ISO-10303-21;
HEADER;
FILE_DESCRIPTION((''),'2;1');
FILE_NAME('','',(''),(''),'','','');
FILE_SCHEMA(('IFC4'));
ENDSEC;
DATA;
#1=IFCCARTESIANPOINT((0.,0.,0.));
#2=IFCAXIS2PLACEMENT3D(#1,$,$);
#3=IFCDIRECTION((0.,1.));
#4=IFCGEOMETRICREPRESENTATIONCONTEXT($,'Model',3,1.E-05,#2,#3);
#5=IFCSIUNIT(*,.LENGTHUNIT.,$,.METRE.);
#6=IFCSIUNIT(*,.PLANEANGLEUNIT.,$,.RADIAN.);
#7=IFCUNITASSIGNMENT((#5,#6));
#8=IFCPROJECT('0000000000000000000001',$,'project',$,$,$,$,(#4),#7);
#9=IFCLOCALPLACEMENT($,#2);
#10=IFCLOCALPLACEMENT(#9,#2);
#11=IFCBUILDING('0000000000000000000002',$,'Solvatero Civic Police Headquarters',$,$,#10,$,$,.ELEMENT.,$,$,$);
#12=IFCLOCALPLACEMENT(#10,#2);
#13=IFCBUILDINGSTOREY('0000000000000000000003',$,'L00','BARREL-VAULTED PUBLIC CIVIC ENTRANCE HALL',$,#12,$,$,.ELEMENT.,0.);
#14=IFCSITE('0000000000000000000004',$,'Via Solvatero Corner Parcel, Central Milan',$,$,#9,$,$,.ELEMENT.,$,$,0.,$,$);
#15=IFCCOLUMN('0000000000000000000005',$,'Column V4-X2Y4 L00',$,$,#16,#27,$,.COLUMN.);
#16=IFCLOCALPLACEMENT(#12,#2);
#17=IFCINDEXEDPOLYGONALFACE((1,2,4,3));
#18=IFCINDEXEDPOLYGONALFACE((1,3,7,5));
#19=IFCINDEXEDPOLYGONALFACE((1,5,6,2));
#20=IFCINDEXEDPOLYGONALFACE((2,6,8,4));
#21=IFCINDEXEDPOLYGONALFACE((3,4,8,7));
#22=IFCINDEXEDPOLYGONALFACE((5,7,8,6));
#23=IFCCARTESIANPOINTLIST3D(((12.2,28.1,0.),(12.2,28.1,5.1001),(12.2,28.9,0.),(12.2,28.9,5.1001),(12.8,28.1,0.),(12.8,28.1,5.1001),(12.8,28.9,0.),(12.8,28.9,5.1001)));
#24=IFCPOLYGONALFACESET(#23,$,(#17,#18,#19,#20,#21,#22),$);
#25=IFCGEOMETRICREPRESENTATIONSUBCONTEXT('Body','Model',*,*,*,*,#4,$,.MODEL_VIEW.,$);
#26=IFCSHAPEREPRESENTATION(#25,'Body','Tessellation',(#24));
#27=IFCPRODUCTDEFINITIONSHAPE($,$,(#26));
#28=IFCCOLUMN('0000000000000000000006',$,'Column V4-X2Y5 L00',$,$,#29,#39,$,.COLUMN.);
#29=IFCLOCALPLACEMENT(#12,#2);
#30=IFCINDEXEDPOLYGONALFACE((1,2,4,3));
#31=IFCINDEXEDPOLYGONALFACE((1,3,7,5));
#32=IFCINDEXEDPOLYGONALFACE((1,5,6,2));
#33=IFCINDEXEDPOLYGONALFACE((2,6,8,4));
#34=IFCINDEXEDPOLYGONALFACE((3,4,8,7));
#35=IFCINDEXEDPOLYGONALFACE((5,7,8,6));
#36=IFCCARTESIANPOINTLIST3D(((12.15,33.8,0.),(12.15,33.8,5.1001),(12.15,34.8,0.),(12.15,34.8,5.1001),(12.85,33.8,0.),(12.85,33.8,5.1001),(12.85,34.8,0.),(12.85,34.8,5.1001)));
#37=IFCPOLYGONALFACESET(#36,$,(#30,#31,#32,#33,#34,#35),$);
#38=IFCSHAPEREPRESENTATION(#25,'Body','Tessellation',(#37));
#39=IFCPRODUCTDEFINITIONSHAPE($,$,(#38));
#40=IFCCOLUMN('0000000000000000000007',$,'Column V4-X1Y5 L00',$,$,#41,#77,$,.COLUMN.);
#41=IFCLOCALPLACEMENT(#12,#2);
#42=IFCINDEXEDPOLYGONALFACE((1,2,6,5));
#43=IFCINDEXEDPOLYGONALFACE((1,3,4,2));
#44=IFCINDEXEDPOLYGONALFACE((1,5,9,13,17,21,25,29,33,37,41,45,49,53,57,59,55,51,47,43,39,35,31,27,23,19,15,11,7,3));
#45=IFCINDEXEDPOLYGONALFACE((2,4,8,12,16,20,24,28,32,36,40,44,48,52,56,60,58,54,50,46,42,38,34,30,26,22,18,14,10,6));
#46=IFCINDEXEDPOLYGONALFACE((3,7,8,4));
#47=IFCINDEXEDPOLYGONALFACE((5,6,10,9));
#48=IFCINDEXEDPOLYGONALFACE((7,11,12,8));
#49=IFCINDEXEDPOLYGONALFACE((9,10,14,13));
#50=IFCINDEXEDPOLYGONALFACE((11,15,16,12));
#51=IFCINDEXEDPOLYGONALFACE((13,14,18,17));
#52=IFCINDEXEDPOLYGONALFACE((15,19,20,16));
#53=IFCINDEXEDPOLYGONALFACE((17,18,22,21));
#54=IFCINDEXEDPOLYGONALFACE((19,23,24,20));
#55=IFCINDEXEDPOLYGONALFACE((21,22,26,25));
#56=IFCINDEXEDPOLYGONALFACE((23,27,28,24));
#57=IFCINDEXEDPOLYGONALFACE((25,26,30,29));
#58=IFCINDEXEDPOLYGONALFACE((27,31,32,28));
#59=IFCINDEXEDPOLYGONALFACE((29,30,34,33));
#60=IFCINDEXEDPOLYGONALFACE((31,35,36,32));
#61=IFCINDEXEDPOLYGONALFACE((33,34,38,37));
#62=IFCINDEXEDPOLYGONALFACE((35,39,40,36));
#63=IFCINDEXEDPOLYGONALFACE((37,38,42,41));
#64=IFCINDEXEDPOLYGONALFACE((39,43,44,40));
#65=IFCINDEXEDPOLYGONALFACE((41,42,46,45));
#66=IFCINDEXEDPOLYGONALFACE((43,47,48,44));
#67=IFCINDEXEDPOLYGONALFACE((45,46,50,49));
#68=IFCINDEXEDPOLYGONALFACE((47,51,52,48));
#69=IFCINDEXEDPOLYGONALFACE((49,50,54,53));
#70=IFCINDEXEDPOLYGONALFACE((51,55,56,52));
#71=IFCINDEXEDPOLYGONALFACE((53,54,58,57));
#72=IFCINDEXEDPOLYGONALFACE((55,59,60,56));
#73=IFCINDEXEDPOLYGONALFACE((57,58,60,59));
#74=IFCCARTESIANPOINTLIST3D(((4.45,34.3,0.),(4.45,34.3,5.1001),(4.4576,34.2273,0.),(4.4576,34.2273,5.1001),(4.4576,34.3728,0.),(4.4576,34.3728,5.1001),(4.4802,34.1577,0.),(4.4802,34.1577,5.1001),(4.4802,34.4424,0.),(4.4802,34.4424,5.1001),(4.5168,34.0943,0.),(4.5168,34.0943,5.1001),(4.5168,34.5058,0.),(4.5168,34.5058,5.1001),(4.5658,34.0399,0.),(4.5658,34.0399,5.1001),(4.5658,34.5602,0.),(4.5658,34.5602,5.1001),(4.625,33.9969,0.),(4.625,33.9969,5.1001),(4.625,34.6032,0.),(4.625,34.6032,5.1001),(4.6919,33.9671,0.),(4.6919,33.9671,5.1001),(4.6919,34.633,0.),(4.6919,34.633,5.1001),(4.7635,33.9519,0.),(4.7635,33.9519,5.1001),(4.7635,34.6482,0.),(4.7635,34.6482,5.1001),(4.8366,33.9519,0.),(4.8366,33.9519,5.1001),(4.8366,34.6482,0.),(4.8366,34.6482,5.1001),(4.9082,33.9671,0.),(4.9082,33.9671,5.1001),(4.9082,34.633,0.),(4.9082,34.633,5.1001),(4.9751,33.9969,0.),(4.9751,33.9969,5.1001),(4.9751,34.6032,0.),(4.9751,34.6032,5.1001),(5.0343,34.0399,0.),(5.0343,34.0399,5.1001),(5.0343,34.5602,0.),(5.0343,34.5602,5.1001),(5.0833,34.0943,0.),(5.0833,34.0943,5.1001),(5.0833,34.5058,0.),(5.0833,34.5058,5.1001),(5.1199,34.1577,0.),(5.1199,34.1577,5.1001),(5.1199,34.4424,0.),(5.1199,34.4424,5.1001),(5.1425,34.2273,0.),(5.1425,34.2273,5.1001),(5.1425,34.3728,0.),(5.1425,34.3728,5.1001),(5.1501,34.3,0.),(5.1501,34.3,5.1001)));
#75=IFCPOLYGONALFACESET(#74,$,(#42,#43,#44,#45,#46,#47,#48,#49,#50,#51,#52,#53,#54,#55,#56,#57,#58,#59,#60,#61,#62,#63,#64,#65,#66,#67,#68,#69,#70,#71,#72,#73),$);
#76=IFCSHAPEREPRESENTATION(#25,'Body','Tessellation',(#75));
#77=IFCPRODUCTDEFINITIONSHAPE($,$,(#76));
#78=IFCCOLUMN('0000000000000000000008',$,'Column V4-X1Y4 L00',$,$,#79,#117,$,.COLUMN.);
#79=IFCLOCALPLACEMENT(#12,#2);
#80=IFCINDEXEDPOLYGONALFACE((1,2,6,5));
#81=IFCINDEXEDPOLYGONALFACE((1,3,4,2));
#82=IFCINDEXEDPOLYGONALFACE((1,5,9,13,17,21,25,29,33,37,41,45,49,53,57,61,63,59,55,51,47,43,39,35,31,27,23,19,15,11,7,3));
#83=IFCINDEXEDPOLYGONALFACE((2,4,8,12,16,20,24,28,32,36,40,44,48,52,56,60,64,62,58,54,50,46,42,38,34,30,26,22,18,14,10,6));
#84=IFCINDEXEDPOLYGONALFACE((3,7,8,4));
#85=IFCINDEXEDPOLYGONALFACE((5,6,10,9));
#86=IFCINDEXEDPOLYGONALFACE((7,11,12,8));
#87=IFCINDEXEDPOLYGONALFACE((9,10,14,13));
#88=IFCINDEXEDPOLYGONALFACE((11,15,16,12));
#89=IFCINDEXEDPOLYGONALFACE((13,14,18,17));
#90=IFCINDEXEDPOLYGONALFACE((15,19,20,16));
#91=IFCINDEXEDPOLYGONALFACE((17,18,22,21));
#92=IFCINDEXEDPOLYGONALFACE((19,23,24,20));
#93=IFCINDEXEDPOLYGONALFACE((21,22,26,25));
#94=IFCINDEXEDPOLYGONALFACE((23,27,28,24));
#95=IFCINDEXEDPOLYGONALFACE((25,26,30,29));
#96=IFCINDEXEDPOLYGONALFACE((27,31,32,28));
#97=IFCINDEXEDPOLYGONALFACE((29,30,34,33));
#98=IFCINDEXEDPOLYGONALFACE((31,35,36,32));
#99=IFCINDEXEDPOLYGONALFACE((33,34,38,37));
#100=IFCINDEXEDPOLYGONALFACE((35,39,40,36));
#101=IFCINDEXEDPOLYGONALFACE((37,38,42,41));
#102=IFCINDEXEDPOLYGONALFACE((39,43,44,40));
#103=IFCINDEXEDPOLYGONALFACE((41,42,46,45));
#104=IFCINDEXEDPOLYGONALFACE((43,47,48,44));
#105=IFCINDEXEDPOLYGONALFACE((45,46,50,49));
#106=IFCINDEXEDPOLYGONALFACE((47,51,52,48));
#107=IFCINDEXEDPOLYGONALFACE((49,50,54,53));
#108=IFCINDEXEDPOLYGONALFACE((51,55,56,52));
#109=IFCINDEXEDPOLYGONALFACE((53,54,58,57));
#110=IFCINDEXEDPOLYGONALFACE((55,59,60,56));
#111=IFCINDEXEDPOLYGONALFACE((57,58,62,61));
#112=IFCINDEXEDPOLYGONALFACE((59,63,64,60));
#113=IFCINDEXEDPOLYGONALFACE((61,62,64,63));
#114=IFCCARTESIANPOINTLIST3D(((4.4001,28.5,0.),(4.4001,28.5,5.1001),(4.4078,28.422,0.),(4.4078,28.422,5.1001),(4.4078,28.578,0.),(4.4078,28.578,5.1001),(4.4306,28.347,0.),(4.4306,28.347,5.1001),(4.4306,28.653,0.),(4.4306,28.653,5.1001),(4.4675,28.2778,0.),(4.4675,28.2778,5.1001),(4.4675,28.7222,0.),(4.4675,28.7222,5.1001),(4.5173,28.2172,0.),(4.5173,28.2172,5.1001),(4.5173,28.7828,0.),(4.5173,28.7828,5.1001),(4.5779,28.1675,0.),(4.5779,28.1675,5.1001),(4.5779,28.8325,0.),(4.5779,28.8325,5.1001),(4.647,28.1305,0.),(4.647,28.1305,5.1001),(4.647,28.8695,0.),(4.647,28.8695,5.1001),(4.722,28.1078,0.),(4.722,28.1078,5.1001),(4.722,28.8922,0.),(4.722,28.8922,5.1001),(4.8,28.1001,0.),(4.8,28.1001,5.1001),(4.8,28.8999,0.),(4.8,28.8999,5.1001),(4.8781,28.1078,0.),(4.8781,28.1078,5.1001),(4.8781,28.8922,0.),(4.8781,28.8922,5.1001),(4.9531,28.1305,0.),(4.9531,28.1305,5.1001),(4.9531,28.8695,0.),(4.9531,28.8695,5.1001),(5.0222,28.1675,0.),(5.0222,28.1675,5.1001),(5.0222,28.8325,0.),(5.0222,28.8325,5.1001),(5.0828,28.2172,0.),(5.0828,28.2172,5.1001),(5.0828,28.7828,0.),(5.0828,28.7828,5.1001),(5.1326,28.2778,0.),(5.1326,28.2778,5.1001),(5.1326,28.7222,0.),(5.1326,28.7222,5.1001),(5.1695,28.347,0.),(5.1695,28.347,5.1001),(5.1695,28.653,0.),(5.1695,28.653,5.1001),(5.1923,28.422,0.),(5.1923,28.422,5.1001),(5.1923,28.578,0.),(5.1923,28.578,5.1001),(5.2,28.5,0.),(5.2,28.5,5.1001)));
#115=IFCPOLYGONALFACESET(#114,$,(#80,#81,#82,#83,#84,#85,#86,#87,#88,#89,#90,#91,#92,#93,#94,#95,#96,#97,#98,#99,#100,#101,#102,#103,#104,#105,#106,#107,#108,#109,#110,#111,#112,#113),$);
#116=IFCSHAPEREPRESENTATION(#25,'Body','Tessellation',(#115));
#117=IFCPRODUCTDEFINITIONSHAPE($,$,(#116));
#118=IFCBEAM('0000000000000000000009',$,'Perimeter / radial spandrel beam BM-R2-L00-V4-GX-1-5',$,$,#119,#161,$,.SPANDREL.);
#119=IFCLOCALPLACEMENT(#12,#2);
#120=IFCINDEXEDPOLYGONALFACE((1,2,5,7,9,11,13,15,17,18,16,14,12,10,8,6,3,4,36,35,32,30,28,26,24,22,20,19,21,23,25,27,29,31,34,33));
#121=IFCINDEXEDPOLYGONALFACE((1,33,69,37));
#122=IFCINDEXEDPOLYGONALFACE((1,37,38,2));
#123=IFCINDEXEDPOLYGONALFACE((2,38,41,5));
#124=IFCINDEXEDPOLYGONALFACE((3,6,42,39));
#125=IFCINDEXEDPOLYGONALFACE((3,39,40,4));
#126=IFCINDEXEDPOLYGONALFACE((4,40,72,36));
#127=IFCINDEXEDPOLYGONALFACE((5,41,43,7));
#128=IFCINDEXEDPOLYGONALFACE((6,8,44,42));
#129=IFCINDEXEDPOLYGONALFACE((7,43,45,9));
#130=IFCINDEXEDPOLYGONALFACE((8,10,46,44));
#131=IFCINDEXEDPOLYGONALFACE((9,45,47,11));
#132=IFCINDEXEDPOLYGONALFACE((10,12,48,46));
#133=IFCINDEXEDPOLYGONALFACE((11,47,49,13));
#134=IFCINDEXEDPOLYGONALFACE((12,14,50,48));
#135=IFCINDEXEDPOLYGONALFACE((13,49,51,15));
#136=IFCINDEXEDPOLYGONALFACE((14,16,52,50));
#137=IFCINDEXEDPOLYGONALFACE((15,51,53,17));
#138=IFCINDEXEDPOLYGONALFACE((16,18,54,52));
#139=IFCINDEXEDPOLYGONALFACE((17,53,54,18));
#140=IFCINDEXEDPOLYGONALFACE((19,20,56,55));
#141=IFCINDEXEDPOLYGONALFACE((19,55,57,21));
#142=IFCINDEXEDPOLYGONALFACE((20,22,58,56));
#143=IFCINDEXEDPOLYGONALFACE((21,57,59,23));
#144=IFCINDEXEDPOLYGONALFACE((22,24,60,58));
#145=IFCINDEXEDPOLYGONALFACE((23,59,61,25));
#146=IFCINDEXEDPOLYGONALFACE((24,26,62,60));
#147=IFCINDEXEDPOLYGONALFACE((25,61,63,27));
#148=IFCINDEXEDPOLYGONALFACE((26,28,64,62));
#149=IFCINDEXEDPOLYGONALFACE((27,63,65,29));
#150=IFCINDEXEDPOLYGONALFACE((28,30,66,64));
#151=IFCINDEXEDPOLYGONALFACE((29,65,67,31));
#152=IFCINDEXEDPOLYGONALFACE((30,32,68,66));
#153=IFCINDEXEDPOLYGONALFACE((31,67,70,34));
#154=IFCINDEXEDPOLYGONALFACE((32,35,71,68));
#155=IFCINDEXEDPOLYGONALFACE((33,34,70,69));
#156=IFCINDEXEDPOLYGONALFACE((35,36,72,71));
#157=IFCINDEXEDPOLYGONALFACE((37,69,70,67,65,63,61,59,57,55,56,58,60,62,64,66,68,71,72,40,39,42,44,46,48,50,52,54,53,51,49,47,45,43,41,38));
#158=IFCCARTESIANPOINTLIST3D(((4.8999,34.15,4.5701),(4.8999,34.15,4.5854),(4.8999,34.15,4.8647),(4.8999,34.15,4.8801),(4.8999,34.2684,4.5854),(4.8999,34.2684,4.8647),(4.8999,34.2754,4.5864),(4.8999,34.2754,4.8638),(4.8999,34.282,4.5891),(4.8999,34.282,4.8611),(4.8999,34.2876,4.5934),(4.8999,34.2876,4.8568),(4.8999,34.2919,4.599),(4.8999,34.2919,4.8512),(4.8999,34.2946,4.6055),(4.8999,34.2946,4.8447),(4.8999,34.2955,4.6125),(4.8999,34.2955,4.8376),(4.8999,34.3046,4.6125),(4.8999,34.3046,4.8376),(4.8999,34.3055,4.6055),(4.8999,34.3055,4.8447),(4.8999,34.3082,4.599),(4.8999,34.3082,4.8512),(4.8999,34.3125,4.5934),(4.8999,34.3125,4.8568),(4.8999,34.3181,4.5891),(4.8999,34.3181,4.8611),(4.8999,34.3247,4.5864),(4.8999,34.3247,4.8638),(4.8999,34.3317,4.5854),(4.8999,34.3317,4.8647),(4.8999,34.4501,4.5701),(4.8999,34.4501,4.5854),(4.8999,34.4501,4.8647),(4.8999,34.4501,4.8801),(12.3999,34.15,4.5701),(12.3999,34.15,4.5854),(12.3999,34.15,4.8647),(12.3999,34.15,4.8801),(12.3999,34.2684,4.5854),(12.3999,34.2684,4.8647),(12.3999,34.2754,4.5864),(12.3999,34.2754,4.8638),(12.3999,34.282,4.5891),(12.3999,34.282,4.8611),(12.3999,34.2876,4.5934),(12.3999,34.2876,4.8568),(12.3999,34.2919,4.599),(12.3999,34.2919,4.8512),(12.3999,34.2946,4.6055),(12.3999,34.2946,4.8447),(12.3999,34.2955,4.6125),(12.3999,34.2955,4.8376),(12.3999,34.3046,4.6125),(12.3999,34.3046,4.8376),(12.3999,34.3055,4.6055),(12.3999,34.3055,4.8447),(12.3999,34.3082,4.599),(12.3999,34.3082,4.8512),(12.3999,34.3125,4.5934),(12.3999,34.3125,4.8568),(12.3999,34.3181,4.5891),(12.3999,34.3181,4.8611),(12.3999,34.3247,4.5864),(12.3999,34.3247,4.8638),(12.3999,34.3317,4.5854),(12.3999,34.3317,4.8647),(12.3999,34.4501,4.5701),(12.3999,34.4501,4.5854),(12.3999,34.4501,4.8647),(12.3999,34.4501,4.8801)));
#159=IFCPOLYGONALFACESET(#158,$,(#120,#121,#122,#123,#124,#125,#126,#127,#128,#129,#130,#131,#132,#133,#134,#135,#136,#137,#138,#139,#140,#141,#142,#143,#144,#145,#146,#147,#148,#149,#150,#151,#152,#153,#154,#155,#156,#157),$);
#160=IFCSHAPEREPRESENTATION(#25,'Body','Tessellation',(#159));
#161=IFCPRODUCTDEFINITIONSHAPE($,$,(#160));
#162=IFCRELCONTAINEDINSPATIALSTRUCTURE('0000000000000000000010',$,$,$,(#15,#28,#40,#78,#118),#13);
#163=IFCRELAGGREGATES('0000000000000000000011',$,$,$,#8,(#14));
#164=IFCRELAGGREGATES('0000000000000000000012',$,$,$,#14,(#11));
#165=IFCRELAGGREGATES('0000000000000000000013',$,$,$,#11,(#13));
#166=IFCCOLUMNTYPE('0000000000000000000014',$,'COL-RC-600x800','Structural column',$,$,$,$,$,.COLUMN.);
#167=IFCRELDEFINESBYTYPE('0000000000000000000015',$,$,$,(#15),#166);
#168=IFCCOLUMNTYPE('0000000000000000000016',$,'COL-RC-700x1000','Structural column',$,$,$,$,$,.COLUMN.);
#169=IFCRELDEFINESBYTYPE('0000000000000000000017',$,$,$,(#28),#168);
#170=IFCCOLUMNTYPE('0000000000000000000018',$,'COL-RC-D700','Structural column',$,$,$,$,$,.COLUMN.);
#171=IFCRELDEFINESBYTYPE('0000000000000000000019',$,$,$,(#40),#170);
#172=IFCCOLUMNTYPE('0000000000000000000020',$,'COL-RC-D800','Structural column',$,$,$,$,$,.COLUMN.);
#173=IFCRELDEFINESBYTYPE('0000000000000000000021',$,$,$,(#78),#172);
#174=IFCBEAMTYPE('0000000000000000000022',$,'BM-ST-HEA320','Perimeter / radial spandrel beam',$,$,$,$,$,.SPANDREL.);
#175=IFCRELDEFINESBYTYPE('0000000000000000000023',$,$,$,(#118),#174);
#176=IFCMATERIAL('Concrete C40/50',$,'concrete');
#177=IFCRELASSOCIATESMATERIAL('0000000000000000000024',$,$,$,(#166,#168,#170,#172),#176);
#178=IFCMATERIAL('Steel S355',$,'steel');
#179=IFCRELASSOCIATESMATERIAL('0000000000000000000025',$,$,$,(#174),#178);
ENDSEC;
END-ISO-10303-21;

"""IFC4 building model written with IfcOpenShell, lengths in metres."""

from ifc_helpers import new_model, si_unit, direction, frame, origin, origin_2d, place, context, subcontext, project, spatial, rectangle, circle, i_section, extrude, material, material_profile, profile_set, type_object, element, save


model = new_model("IFC4")

# Units and contexts
model_context = context("Model", 3, precision=1e-05, world=origin(), true_north=direction((0.0, 1.0)))
body_context = subcontext(model_context, "Body", "Model", "MODEL_VIEW")
ifc_project = project(units=[si_unit("LENGTHUNIT", "METRE"), si_unit("PLANEANGLEUNIT", "RADIAN")], contexts=[model_context])

# Site, building, storey
site_placement = place(None, origin())
site = spatial("IfcSite", under=ifc_project, at=site_placement, Name="Via Solvatero Corner Parcel, Central Milan", CompositionType="ELEMENT", RefElevation=0.0)
building_placement = place(site_placement, origin())
building = spatial("IfcBuilding", under=site, at=building_placement, Name="Solvatero Civic Police Headquarters", CompositionType="ELEMENT")
storey_placement = place(building_placement, origin())
storey = spatial("IfcBuildingStorey", under=building, at=storey_placement, Name="L00", Description="BARREL-VAULTED PUBLIC CIVIC ENTRANCE HALL", CompositionType="ELEMENT", Elevation=0.0)

# Columns
ifc_material_1 = material(Name="Concrete C40/50", Category="concrete")
ifc_material_profile_1 = material_profile(ifc_material_1, rectangle(XDim=0.6001, YDim=0.8, at=origin_2d()), Name="RC 600x800")
ifc_profile_set_1 = profile_set([ifc_material_profile_1], Name="Concrete C40/50")
column_type_1 = type_object("IfcColumnType", Name="COL-RC-600x800", Description="Structural column", PredefinedType="COLUMN", material=ifc_profile_set_1)
column_1_placement = place(storey_placement, frame((12.5, 28.5, 0.0), z_axis=(0.0, 0.0, 1.0), x_axis=(1.0, 0.0, 0.0)))
element("IfcColumn", 1, at=column_1_placement, inside=storey, type_object=column_type_1, Name="Column V4-X2Y4 L00", PredefinedType="COLUMN", context=body_context, shape_type="SweptSolid", body=[
    extrude(rectangle(XDim=0.6001, YDim=0.8, at=origin_2d()), origin(), (0.0, 0.0, 1.0), 5.1001),
])
ifc_material_profile_2 = material_profile(ifc_material_1, rectangle(XDim=0.7, YDim=1.0, at=origin_2d()), Name="RC 700x1000")
ifc_profile_set_2 = profile_set([ifc_material_profile_2], Name="Concrete C40/50")
column_type_2 = type_object("IfcColumnType", Name="COL-RC-700x1000", Description="Structural column", PredefinedType="COLUMN", material=ifc_profile_set_2)
column_2_placement = place(storey_placement, frame((12.5, 34.3, 0.0), z_axis=(0.0, 0.0, 1.0), x_axis=(1.0, 0.0, 0.0)))
element("IfcColumn", 2, at=column_2_placement, inside=storey, type_object=column_type_2, Name="Column V4-X2Y5 L00", PredefinedType="COLUMN", context=body_context, shape_type="SweptSolid", body=[
    extrude(rectangle(XDim=0.7, YDim=1.0, at=origin_2d()), origin(), (0.0, 0.0, 1.0), 5.1001),
])
ifc_material_profile_3 = material_profile(ifc_material_1, circle(Radius=0.3501, at=origin_2d()), Name="RC COL D700")
ifc_profile_set_3 = profile_set([ifc_material_profile_3], Name="Concrete C40/50")
column_type_3 = type_object("IfcColumnType", Name="COL-RC-D700", Description="Structural column", PredefinedType="COLUMN", material=ifc_profile_set_3)
column_3_placement = place(storey_placement, frame((4.8, 34.3, 0.0), z_axis=(0.0, 0.0, 1.0), x_axis=(1.0, 0.0, 0.0)))
element("IfcColumn", 3, at=column_3_placement, inside=storey, type_object=column_type_3, Name="Column V4-X1Y5 L00", PredefinedType="COLUMN", context=body_context, shape_type="SweptSolid", body=[
    extrude(circle(Radius=0.3501, at=origin_2d()), origin(), (0.0, 0.0, 1.0), 5.1001),
])
ifc_material_profile_4 = material_profile(ifc_material_1, circle(Radius=0.3999, at=origin_2d()), Name="RC COL D800")
ifc_profile_set_4 = profile_set([ifc_material_profile_4], Name="Concrete C40/50")
column_type_4 = type_object("IfcColumnType", Name="COL-RC-D800", Description="Structural column", PredefinedType="COLUMN", material=ifc_profile_set_4)
column_4_placement = place(storey_placement, frame((4.8, 28.5, 0.0), z_axis=(0.0, 0.0, 1.0), x_axis=(1.0, 0.0, 0.0)))
element("IfcColumn", 4, at=column_4_placement, inside=storey, type_object=column_type_4, Name="Column V4-X1Y4 L00", PredefinedType="COLUMN", context=body_context, shape_type="SweptSolid", body=[
    extrude(circle(Radius=0.3999, at=origin_2d()), origin(), (0.0, 0.0, 1.0), 5.1001),
])

# Beam
ifc_material_2 = material(Name="Steel S355", Category="steel")
ifc_material_profile_5 = material_profile(ifc_material_2, i_section(OverallWidth=0.3, OverallDepth=0.3101, WebThickness=0.009, FlangeThickness=0.0154, FilletRadius=0.0271, at=origin_2d()), Name="HEA 320")
ifc_profile_set_5 = profile_set([ifc_material_profile_5], Name="Steel S355")
beam_type_1 = type_object("IfcBeamType", Name="BM-ST-HEA320", Description="Perimeter / radial spandrel beam", PredefinedType="SPANDREL", material=ifc_profile_set_5)
beam_1_placement = place(storey_placement, frame((4.8999, 34.3, 4.7251), z_axis=(1.0, 0.0, 0.0), x_axis=(0.0, 1.0, 0.0)))
element("IfcBeam", 5, at=beam_1_placement, inside=storey, type_object=beam_type_1, Name="Perimeter / radial spandrel beam BM-R2-L00-V4-GX-1-5", PredefinedType="SPANDREL", context=body_context, shape_type="SweptSolid", body=[
    extrude(i_section(OverallWidth=0.3, OverallDepth=0.3101, WebThickness=0.009, FlangeThickness=0.0154, FilletRadius=0.0271, at=origin_2d()), origin(), (0.0, 0.0, 1.0), 7.5),
])

save(model, "model.ifc")
